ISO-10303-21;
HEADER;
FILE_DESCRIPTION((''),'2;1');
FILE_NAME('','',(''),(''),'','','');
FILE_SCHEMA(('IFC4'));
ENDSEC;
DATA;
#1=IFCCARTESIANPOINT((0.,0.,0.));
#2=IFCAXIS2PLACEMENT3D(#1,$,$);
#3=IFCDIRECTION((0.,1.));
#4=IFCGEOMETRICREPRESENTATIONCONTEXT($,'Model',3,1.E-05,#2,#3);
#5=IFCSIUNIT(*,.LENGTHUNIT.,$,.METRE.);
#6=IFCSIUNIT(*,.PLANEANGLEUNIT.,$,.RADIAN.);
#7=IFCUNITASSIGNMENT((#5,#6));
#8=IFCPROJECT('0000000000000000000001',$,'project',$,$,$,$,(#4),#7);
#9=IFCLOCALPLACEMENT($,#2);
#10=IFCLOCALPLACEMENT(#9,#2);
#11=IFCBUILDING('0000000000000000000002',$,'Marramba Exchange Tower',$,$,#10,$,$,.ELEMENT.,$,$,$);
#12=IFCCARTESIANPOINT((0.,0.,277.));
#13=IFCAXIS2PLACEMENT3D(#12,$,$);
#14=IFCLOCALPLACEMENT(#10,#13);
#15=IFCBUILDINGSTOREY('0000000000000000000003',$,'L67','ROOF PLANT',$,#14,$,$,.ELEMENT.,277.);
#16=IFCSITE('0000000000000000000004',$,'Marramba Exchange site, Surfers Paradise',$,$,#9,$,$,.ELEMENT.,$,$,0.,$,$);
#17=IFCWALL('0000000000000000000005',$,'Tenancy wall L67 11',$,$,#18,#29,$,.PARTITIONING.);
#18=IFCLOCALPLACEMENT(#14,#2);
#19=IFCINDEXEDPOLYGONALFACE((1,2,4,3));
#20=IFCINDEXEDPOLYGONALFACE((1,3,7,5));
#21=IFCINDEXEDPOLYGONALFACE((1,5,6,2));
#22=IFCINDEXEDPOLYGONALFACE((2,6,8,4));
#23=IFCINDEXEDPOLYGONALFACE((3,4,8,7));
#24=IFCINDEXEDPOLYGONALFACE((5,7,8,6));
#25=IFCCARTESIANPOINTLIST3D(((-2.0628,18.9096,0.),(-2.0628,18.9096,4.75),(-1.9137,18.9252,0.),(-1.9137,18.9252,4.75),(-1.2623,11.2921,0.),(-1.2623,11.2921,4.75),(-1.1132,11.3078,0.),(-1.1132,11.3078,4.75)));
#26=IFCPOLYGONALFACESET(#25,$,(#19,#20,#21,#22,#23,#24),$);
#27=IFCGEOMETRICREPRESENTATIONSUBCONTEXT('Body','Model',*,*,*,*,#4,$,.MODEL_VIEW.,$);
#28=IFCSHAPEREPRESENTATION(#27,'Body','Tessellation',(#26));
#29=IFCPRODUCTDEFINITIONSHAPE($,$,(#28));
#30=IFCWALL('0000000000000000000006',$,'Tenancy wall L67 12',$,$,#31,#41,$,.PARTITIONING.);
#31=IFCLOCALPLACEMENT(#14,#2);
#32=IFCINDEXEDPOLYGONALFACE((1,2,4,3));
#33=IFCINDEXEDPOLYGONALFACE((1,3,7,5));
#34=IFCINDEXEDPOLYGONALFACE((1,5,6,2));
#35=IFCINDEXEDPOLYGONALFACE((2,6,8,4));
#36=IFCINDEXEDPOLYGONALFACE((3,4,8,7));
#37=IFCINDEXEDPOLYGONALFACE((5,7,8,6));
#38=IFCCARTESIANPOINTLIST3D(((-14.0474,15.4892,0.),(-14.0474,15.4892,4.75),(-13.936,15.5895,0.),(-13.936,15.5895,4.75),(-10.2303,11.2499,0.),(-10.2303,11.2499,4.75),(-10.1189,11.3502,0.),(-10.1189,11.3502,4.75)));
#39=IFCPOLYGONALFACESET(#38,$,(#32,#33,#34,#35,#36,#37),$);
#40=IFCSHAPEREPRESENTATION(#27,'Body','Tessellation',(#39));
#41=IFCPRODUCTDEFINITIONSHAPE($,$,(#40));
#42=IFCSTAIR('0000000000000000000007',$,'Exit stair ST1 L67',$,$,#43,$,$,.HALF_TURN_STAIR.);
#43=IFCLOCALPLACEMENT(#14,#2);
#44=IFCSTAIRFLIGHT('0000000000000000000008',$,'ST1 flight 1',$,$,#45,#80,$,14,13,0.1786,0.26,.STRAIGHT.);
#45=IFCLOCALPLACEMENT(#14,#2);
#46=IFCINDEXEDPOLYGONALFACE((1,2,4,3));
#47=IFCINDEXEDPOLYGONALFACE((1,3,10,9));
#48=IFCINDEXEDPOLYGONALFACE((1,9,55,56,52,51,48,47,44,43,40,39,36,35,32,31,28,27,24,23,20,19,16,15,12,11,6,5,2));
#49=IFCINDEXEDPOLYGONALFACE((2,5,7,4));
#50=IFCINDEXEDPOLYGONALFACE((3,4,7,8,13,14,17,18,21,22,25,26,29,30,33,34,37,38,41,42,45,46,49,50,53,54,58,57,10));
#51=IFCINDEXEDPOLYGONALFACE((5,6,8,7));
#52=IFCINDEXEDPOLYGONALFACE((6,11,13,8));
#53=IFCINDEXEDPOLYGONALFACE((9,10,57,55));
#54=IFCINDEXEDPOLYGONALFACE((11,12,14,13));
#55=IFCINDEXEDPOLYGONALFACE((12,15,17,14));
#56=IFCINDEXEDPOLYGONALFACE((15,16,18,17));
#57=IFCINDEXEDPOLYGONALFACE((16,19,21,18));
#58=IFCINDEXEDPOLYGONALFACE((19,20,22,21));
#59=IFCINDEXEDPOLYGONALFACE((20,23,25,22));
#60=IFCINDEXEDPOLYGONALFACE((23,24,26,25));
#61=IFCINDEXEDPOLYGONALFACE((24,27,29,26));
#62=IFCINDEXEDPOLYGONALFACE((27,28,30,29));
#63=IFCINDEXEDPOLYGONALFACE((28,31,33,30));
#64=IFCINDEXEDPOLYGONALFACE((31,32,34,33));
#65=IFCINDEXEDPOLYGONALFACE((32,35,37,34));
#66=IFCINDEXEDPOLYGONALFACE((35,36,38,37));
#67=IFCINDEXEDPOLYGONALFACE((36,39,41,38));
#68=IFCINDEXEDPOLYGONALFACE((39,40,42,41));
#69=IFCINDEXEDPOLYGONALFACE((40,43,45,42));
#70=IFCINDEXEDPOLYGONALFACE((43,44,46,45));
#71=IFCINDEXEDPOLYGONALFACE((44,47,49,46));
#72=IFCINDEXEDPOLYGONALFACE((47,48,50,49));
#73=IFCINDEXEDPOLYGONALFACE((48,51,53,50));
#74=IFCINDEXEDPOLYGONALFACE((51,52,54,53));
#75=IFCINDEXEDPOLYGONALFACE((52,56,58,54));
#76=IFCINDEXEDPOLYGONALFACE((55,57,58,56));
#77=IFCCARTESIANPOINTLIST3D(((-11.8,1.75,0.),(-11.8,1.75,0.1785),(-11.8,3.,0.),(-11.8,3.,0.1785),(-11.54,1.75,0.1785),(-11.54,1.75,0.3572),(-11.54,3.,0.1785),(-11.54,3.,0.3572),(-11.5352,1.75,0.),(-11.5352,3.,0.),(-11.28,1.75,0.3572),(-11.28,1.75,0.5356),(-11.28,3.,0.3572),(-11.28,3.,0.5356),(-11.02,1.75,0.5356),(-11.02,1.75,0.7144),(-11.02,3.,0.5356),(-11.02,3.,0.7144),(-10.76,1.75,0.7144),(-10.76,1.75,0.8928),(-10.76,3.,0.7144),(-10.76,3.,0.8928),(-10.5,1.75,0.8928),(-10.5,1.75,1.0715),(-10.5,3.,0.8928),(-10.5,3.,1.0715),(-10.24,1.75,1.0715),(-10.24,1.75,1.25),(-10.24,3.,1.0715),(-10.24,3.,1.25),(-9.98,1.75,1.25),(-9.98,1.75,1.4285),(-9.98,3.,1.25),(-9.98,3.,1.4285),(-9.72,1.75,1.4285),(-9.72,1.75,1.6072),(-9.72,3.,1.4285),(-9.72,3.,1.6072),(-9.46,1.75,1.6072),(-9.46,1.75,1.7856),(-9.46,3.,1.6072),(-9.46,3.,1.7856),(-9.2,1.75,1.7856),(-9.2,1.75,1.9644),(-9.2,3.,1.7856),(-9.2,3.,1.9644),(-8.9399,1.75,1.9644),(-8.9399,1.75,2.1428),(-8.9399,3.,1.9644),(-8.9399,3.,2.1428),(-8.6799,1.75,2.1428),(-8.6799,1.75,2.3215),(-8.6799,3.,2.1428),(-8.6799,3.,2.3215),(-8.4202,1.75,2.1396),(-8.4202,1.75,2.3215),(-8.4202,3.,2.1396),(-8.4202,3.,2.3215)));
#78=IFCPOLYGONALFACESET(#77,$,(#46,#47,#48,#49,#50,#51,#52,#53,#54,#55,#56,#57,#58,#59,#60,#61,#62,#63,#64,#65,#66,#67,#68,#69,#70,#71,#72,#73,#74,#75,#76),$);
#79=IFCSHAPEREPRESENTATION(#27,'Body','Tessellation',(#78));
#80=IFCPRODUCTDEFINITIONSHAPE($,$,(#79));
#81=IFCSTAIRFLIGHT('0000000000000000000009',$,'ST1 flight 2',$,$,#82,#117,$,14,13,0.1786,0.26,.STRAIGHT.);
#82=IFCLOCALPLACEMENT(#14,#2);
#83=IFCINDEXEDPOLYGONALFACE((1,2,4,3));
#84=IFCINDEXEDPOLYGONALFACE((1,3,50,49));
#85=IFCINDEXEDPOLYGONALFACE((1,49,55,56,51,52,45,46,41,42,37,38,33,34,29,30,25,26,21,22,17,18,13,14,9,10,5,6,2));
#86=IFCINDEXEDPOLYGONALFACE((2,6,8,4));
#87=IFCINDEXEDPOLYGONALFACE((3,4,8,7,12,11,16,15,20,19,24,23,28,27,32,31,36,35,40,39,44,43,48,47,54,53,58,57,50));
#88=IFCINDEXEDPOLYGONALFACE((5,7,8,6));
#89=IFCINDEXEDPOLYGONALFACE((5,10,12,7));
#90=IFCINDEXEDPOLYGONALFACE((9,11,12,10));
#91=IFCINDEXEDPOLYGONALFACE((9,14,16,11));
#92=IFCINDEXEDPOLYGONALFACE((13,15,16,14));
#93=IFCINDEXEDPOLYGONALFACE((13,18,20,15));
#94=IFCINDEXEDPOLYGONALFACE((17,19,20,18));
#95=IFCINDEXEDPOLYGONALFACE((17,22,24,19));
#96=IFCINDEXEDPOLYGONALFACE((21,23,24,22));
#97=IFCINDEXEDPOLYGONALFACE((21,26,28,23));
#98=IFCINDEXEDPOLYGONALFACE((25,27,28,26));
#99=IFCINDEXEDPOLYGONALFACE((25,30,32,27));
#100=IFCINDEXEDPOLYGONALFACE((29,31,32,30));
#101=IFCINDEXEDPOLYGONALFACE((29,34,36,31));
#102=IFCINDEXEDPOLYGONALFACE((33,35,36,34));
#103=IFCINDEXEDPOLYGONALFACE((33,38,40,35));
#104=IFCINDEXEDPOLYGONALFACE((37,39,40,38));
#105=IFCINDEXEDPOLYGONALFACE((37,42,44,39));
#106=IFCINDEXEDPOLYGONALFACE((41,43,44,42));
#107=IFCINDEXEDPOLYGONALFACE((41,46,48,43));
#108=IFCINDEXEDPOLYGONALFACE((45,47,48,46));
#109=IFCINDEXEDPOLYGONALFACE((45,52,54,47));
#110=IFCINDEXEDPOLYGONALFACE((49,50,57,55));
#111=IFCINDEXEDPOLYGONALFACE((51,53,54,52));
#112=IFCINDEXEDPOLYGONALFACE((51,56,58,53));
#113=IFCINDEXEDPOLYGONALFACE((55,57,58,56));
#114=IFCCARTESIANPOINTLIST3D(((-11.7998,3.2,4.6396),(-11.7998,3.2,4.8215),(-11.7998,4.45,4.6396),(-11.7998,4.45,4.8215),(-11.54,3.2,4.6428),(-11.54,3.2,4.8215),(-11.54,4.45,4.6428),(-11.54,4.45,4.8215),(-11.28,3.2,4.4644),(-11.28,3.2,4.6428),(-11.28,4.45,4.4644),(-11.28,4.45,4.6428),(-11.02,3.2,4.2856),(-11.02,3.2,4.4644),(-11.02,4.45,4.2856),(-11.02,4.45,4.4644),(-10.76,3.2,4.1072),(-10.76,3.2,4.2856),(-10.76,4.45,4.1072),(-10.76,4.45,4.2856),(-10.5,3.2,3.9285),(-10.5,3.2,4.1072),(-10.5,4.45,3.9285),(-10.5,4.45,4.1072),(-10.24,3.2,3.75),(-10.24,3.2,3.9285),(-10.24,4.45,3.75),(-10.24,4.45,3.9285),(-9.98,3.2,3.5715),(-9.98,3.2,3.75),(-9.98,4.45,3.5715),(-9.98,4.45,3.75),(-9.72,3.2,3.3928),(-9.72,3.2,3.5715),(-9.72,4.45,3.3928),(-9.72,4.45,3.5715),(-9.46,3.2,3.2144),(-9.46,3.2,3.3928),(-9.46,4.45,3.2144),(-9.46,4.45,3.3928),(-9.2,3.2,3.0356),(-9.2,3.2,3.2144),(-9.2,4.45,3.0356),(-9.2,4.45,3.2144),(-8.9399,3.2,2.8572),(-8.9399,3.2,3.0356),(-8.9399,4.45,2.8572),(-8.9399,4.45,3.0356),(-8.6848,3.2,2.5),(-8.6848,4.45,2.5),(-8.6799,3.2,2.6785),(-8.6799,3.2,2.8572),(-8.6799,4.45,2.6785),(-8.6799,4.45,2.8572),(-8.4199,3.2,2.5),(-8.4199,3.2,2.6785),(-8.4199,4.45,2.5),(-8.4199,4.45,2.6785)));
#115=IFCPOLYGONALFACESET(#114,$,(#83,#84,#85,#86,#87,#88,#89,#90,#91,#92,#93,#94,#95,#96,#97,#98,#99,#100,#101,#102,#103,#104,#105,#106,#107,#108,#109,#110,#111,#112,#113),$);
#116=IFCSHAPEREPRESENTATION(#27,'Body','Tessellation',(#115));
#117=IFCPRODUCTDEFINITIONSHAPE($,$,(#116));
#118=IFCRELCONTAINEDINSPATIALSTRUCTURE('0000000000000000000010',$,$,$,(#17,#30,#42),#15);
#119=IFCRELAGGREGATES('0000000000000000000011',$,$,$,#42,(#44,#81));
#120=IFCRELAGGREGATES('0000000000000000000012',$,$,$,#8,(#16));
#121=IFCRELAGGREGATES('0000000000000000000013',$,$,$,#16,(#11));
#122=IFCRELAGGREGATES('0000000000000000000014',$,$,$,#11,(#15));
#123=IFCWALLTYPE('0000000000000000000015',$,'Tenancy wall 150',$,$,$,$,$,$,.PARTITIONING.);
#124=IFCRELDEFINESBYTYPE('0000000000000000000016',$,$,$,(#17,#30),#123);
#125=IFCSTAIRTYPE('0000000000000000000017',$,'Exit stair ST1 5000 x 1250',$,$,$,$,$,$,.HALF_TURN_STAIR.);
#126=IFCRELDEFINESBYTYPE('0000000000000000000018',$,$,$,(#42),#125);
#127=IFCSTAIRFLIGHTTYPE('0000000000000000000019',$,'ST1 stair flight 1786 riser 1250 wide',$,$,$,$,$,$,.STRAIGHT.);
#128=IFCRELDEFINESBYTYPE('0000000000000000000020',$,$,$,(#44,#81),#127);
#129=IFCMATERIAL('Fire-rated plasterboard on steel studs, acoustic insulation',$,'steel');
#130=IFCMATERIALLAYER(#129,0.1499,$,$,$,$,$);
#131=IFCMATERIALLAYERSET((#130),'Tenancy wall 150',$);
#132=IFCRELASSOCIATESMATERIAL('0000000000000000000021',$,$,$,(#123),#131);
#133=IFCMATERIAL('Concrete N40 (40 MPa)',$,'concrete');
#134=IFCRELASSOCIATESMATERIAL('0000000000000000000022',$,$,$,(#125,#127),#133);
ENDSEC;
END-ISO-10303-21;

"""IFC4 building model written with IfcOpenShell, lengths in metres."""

from ifc_helpers import new_model, si_unit, direction, frame, frame_2d, origin, place, context, subcontext, project, spatial, polyline, rectangle, outline, extrude, material, layer, layer_set, type_object, element, aggregate, save


model = new_model("IFC4")

# Units and contexts
model_context = context("Model", 3, precision=1e-05, world=origin(), true_north=direction((0.0, 1.0)))
body_context = subcontext(model_context, "Body", "Model", "MODEL_VIEW")
ifc_project = project(units=[si_unit("LENGTHUNIT", "METRE"), si_unit("PLANEANGLEUNIT", "RADIAN")], contexts=[model_context])

# Site, building, storey
site_placement = place(None, origin())
site = spatial("IfcSite", under=ifc_project, at=site_placement, Name="Marramba Exchange site, Surfers Paradise", CompositionType="ELEMENT", RefElevation=0.0)
building_placement = place(site_placement, origin())
building = spatial("IfcBuilding", under=site, at=building_placement, Name="Marramba Exchange Tower", CompositionType="ELEMENT")
storey_placement = place(building_placement, frame((0.0, 0.0, 277.0)))
storey = spatial("IfcBuildingStorey", under=building, at=storey_placement, Name="L67", Description="ROOF PLANT", CompositionType="ELEMENT", Elevation=277.0)

# Walls
ifc_material_1 = material(Name="Fire-rated plasterboard on steel studs, acoustic insulation", Category="steel")
ifc_layer_1 = layer(ifc_material_1, 0.1499)
ifc_layer_set_1 = layer_set([ifc_layer_1], Name="Tenancy wall 150")
wall_type_1 = type_object("IfcWallType", Name="Tenancy wall 150", PredefinedType="PARTITIONING", material=ifc_layer_set_1)
wall_1_placement = place(storey_placement, frame((-1.1877, 11.3, 0.0), z_axis=(0.0, 0.0, 1.0), x_axis=(-0.104517, 0.994523, 0.0)))
element("IfcWall", 1, at=wall_1_placement, inside=storey, type_object=wall_type_1, Name="Tenancy wall L67 11", PredefinedType="PARTITIONING", context=body_context, shape_type="SweptSolid", body=[
    extrude(rectangle(XDim=7.6594, YDim=0.1499, at=frame_2d((3.8296, 0.0))), origin(), (0.0, 0.0, 1.0), 4.75),
])
wall_2_placement = place(storey_placement, frame((-10.1746, 11.3, 0.0), z_axis=(0.0, 0.0, 1.0), x_axis=(-0.66914, 0.743137, 0.0)))
element("IfcWall", 2, at=wall_2_placement, inside=storey, type_object=wall_type_1, Name="Tenancy wall L67 12", PredefinedType="PARTITIONING", context=body_context, shape_type="SweptSolid", body=[
    extrude(rectangle(XDim=5.7046, YDim=0.1499, at=frame_2d((2.8523, 0.0))), origin(), (0.0, 0.0, 1.0), 4.75),
])

# Stair, stair flights
ifc_material_2 = material(Name="Concrete N40 (40 MPa)", Category="concrete")
stair_type = type_object("IfcStairType", Name="Exit stair ST1 5000 x 1250", PredefinedType="HALF_TURN_STAIR", material=ifc_material_2)
stair_placement = place(storey_placement, origin())
stair = element("IfcStair", 3, at=stair_placement, inside=storey, type_object=stair_type, Name="Exit stair ST1 L67", PredefinedType="HALF_TURN_STAIR")
stair_flight_type = type_object("IfcStairFlightType", Name="ST1 stair flight 1786 riser 1250 wide", PredefinedType="STRAIGHT", material=ifc_material_2)
stair_flight_1_placement = place(storey_placement, frame((-11.8, 2.375, 0.0), z_axis=(0.0, 0.0, 1.0), x_axis=(1.0, 0.0, 0.0)))
stair_flight_1 = element("IfcStairFlight", 4, at=stair_flight_1_placement, type_object=stair_flight_type, Name="ST1 flight 1", NumberOfRisers=14, NumberOfTreads=13, PredefinedType="STRAIGHT", RiserHeight=0.1786, TreadLength=0.26, context=body_context, shape_type="SweptSolid", body=[
    extrude(outline(polyline([(0.0, 0.0), (0.0, 0.1785), (0.26, 0.1785), (0.26, 0.3572), (0.52, 0.3572), (0.52, 0.5356), (0.78, 0.5356), (0.78, 0.7144), (1.04, 0.7144), (1.04, 0.8928), (1.3, 0.8928), (1.3, 1.0715), (1.5601, 1.0715), (1.5601, 1.25), (1.8201, 1.25), (1.8201, 1.4285), (2.0801, 1.4285), (2.0801, 1.6072), (2.3401, 1.6072), (2.3401, 1.7856), (2.6001, 1.7856), (2.6001, 1.9644), (2.8601, 1.9644), (2.8601, 2.1428), (3.1201, 2.1428), (3.1201, 2.3215), (3.3799, 2.3215), (3.3799, 2.5), (3.3799, 2.1396), (0.2649, 0.0), (0.0, 0.0)])), frame((0.0, 0.625, 0.0), z_axis=(0.0, -1.0, 0.0), x_axis=(1.0, 0.0, 0.0)), (0.0, 0.0, 1.0), 1.25),
])
stair_flight_2_placement = place(storey_placement, frame((-8.4199, 3.825, 2.5), z_axis=(0.0, 0.0, 1.0), x_axis=(-1.0, 0.0, 0.0)))
stair_flight_2 = element("IfcStairFlight", 5, at=stair_flight_2_placement, type_object=stair_flight_type, Name="ST1 flight 2", NumberOfRisers=14, NumberOfTreads=13, PredefinedType="STRAIGHT", RiserHeight=0.1786, TreadLength=0.26, context=body_context, shape_type="SweptSolid", body=[
    extrude(outline(polyline([(0.0, 0.0), (0.0, 0.1785), (0.26, 0.1785), (0.26, 0.3572), (0.52, 0.3572), (0.52, 0.5356), (0.78, 0.5356), (0.78, 0.7144), (1.04, 0.7144), (1.04, 0.8928), (1.3, 0.8928), (1.3, 1.0715), (1.5601, 1.0715), (1.5601, 1.25), (1.8201, 1.25), (1.8201, 1.4285), (2.0801, 1.4285), (2.0801, 1.6072), (2.3401, 1.6072), (2.3401, 1.7856), (2.6001, 1.7856), (2.6001, 1.9644), (2.8601, 1.9644), (2.8601, 2.1428), (3.1201, 2.1428), (3.1201, 2.3215), (3.3799, 2.3215), (3.3799, 2.5), (3.3799, 2.1396), (0.2649, 0.0), (0.0, 0.0)])), frame((0.0, 0.625, 0.0), z_axis=(0.0, -1.0, 0.0), x_axis=(1.0, 0.0, 0.0)), (0.0, 0.0, 1.0), 1.25),
])
aggregate(stair, [stair_flight_1, stair_flight_2])

save(model, "model.ifc")
